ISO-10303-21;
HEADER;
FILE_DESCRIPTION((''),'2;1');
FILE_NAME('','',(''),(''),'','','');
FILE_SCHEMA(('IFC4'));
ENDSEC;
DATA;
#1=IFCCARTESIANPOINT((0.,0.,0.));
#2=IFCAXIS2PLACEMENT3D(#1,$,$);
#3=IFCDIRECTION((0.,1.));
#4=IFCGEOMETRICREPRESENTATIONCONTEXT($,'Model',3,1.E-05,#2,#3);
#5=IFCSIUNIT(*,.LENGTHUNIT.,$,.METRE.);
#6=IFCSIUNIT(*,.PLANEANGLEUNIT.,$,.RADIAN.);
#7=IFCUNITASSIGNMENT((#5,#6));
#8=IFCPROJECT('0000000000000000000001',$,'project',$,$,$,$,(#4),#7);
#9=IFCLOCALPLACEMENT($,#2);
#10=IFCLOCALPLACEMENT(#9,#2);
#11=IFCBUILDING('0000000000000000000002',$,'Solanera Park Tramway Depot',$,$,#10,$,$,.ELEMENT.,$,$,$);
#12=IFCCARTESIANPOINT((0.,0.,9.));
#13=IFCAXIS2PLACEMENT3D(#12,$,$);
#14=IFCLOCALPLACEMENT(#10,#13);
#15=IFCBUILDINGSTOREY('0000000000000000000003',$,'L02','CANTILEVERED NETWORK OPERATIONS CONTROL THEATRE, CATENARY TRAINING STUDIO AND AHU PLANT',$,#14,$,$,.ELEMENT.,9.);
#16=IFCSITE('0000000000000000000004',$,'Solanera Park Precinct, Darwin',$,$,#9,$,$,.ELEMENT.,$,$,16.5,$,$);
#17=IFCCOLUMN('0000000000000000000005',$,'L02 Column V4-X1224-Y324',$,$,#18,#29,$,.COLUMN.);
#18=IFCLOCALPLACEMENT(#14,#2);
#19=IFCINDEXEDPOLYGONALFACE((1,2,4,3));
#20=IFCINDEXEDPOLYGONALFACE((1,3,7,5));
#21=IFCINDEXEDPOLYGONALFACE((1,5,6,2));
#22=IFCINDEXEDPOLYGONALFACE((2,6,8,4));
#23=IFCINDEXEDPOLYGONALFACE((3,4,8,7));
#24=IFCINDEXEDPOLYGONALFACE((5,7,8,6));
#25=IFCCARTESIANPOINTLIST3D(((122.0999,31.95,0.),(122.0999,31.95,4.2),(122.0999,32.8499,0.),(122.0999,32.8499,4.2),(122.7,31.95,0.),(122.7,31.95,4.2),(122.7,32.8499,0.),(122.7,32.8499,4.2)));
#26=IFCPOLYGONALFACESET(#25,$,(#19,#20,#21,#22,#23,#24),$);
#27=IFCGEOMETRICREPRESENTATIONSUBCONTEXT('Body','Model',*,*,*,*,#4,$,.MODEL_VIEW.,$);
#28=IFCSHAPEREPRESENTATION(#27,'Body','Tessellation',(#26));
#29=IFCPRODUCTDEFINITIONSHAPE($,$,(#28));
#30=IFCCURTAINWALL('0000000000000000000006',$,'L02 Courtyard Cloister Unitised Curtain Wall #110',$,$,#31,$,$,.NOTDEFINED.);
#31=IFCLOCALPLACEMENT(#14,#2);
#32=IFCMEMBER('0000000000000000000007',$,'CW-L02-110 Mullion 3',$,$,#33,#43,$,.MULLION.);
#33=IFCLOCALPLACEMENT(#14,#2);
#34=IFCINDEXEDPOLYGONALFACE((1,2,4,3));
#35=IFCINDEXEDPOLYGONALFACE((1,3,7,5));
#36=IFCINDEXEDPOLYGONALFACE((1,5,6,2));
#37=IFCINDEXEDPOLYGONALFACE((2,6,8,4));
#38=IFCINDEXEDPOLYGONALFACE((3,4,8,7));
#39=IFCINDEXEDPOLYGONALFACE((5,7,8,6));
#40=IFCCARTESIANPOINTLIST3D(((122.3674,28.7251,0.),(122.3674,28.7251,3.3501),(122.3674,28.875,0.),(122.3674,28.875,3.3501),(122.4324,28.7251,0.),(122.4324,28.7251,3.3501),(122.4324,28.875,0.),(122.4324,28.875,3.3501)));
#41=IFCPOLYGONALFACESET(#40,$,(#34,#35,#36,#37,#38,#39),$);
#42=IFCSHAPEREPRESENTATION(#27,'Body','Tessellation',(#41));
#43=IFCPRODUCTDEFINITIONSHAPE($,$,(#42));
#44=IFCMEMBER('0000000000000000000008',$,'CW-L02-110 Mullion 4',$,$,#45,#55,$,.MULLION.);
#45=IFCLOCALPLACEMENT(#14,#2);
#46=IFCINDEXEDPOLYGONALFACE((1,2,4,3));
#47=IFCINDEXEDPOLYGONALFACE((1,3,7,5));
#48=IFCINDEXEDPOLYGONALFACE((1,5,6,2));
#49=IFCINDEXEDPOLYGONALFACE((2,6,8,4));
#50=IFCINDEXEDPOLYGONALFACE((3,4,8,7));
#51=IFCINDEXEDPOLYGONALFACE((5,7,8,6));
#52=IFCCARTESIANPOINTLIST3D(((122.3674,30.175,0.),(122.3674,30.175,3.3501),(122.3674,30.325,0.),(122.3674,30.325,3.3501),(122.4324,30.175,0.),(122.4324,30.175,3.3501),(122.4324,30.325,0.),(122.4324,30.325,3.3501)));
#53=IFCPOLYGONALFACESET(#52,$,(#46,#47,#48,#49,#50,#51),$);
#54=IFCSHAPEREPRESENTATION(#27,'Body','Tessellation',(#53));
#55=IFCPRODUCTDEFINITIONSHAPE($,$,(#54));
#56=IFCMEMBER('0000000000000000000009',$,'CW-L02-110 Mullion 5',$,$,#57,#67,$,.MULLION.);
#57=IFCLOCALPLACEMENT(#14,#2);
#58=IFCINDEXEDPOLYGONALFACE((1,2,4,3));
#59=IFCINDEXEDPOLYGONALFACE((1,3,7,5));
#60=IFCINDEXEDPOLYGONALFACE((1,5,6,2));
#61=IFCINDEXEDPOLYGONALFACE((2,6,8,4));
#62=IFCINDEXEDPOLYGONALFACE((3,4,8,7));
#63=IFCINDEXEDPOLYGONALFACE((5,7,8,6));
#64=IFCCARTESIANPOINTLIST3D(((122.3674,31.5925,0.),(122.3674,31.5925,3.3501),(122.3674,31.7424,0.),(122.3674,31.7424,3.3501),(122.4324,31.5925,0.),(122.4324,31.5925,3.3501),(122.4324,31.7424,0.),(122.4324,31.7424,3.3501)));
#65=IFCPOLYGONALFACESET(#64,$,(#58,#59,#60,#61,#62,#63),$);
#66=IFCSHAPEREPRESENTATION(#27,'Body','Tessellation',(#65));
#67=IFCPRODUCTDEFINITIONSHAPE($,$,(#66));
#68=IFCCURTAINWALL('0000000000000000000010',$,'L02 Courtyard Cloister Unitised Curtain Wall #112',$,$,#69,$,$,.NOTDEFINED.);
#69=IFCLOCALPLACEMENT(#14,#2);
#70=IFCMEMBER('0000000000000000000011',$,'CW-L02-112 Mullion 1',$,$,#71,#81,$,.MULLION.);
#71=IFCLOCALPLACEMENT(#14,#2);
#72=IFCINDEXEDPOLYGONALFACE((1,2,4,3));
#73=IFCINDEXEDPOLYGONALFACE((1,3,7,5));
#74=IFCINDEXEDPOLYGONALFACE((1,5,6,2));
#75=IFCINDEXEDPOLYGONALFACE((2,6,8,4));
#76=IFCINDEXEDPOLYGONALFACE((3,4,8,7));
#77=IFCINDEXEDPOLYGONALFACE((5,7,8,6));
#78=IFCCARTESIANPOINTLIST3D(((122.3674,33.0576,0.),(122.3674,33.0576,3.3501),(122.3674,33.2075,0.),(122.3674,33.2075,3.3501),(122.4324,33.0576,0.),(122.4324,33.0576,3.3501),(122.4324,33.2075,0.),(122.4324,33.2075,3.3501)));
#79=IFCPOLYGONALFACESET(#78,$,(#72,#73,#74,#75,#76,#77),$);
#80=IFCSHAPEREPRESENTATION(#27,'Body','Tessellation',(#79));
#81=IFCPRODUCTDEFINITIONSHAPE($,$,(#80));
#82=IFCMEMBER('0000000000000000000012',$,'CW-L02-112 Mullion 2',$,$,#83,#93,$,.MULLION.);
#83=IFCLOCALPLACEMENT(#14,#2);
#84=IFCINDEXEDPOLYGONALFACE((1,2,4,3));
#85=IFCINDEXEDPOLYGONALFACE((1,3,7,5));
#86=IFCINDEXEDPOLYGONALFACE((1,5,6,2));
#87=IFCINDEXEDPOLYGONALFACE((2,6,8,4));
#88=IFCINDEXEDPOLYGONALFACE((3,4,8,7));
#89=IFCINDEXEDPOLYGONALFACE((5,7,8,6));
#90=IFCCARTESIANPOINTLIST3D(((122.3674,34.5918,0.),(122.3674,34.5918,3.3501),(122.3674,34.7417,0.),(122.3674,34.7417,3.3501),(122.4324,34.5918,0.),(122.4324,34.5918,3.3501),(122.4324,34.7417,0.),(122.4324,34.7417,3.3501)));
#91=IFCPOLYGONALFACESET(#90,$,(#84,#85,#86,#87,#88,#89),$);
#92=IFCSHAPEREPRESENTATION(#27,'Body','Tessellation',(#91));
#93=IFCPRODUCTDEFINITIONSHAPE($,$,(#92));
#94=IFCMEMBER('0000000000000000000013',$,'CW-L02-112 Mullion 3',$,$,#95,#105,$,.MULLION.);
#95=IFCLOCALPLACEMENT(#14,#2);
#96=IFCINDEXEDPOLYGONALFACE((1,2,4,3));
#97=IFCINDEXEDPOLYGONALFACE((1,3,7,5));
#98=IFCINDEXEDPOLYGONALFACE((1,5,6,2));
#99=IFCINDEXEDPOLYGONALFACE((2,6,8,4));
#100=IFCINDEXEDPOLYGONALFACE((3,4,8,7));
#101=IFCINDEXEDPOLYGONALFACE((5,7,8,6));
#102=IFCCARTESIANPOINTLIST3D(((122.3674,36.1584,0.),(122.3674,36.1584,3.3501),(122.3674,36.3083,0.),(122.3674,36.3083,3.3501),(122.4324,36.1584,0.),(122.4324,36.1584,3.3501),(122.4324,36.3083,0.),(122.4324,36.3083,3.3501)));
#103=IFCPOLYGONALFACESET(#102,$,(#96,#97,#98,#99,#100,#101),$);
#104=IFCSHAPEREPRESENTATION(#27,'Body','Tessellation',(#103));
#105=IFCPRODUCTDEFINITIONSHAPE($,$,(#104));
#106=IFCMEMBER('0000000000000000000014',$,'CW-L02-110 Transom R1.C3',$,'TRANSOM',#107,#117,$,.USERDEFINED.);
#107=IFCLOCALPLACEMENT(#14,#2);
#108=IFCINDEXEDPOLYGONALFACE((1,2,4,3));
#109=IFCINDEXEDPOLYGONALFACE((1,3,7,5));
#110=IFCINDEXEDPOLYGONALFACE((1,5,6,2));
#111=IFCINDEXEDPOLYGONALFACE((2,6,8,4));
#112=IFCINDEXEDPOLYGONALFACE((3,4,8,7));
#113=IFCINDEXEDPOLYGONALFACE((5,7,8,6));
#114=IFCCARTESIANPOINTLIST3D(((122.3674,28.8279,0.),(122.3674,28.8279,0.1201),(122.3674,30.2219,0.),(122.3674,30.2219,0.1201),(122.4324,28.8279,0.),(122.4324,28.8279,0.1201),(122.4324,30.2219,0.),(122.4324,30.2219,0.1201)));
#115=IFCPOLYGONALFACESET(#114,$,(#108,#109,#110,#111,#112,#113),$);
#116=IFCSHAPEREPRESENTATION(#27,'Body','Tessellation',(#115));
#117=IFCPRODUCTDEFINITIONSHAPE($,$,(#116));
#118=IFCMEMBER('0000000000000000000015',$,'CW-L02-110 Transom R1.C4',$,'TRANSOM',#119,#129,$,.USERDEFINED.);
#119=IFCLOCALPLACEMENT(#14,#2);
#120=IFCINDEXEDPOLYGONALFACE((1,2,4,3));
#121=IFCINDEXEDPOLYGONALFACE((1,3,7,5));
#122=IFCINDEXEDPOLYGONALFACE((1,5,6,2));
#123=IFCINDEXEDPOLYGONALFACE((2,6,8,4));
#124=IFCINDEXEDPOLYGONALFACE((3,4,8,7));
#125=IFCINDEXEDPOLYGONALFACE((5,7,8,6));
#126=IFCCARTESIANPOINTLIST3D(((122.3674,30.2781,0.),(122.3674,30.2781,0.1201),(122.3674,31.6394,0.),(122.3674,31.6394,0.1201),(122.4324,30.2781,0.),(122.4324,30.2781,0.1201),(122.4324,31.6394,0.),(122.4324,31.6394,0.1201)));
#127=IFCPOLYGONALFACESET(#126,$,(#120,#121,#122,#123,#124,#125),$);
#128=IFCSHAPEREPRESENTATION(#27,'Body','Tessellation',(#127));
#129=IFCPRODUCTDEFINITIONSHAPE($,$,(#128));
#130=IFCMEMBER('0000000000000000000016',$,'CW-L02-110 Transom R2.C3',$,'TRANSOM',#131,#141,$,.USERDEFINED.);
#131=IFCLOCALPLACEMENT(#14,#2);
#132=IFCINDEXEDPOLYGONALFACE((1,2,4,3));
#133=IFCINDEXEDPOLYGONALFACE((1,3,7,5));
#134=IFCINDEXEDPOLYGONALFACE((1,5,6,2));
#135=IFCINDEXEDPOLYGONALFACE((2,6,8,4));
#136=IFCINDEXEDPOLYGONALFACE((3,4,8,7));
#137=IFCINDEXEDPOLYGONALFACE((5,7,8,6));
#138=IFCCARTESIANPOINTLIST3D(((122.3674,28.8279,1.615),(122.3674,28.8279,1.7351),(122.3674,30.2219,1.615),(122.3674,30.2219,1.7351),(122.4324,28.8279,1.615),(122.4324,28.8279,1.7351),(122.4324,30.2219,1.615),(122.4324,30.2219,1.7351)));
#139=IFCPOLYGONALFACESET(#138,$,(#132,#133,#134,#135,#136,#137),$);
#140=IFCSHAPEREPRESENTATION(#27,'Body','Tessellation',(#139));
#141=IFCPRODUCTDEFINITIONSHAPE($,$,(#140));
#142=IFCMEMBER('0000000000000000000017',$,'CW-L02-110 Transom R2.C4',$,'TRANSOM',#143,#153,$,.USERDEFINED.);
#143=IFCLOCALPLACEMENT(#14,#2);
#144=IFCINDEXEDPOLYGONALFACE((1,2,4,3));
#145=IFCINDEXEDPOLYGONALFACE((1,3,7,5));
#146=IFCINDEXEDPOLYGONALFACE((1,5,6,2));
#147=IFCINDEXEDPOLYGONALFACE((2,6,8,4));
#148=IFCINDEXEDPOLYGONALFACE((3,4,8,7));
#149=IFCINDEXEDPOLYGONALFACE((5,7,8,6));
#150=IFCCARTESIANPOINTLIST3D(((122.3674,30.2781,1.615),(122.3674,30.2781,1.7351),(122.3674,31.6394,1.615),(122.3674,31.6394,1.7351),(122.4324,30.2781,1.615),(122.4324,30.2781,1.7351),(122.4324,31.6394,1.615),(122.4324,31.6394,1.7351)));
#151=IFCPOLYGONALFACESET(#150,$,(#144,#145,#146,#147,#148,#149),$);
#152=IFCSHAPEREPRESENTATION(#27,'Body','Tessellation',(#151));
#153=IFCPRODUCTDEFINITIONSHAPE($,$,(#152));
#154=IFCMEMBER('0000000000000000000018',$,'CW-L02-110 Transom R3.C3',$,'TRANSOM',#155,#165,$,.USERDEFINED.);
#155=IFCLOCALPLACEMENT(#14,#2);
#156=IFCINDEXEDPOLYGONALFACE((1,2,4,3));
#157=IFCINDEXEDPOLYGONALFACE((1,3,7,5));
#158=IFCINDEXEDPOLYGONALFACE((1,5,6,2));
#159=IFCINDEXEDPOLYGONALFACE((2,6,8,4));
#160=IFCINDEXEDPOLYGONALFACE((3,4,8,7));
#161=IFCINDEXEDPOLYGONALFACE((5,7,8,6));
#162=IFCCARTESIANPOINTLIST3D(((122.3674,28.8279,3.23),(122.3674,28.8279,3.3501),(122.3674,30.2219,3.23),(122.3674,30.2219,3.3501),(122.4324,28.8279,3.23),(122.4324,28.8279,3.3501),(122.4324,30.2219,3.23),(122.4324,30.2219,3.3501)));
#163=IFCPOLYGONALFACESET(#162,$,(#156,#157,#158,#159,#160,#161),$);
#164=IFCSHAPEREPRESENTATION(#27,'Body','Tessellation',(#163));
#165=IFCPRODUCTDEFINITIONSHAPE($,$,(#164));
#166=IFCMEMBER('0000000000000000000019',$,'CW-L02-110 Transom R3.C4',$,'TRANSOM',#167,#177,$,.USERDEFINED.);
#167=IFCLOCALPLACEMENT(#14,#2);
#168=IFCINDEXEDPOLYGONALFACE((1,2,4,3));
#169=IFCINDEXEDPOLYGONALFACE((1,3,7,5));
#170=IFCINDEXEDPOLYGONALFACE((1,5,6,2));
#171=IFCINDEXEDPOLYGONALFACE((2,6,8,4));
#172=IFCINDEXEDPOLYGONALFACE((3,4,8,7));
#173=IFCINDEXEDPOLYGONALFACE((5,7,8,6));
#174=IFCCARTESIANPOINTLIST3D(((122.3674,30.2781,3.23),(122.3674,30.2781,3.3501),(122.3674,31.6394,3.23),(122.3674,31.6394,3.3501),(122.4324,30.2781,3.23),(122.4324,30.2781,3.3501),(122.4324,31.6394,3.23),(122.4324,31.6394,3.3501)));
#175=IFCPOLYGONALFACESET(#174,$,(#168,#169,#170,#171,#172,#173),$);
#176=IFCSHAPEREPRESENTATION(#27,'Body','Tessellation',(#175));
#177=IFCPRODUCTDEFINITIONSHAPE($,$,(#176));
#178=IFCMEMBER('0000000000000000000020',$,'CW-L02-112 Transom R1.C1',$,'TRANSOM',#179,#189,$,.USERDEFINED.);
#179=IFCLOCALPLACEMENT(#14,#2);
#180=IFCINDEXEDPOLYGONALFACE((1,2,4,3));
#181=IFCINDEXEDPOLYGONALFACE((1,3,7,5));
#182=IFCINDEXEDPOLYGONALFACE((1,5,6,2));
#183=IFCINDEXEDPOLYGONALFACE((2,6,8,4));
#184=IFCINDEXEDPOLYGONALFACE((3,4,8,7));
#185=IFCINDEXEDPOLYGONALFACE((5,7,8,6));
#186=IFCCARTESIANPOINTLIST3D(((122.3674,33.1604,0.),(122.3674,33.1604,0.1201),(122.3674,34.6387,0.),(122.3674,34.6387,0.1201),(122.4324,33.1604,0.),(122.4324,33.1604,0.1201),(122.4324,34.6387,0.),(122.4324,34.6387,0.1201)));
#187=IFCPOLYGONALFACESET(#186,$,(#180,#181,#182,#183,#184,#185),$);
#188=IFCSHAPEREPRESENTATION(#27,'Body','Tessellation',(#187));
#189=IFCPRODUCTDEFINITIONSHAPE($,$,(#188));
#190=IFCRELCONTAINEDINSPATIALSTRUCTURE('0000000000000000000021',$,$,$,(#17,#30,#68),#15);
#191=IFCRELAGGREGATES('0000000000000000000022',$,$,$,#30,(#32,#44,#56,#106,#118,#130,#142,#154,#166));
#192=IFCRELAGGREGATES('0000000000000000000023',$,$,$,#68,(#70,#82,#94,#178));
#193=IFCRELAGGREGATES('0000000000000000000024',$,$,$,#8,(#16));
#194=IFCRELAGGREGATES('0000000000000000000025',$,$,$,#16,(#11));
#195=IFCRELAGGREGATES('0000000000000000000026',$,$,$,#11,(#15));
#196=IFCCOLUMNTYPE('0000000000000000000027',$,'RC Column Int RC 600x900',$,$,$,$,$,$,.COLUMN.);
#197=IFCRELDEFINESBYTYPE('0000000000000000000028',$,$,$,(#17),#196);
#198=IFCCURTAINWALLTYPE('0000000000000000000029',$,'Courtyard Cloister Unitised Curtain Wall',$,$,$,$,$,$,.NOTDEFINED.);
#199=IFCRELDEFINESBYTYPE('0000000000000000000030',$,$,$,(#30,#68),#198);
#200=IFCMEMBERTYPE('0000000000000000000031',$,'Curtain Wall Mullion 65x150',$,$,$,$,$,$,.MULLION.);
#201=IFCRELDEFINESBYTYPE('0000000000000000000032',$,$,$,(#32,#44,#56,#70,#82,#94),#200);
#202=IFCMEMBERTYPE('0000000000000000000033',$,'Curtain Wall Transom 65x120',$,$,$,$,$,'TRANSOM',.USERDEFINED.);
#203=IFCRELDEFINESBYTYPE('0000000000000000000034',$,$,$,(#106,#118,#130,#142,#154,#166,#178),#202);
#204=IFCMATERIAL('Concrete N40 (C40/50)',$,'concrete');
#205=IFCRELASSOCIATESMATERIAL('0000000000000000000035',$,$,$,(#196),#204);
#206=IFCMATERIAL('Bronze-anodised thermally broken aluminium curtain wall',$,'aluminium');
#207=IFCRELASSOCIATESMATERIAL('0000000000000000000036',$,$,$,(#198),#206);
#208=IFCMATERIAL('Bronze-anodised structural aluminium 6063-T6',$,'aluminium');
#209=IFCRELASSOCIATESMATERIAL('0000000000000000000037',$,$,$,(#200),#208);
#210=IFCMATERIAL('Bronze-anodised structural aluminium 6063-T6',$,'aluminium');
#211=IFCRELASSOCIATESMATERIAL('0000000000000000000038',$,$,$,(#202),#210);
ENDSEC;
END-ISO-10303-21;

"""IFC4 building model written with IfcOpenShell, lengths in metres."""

from ifc_helpers import new_model, si_unit, direction, frame, origin, origin_2d, place, context, subcontext, project, spatial, rectangle, extrude, material, material_profile, profile_set, type_object, element, aggregate, save


model = new_model("IFC4")

# Units and contexts
model_context = context("Model", 3, precision=1e-05, world=origin(), true_north=direction((0.0, 1.0)))
body_context = subcontext(model_context, "Body", "Model", "MODEL_VIEW")
ifc_project = project(units=[si_unit("LENGTHUNIT", "METRE"), si_unit("PLANEANGLEUNIT", "RADIAN")], contexts=[model_context])

# Site, building, storey
site_placement = place(None, origin())
site = spatial("IfcSite", under=ifc_project, at=site_placement, Name="Solanera Park Precinct, Darwin", CompositionType="ELEMENT", RefElevation=16.5)
building_placement = place(site_placement, origin())
building = spatial("IfcBuilding", under=site, at=building_placement, Name="Solanera Park Tramway Depot", CompositionType="ELEMENT")
storey_placement = place(building_placement, frame((0.0, 0.0, 9.0)))
storey = spatial("IfcBuildingStorey", under=building, at=storey_placement, Name="L02", Description="CANTILEVERED NETWORK OPERATIONS CONTROL THEATRE, CATENARY TRAINING STUDIO AND AHU PLANT", CompositionType="ELEMENT", Elevation=9.0)

# Column
ifc_material_1 = material(Name="Concrete N40 (C40/50)", Category="concrete")
ifc_material_profile_1 = material_profile(ifc_material_1, rectangle(XDim=0.6001, YDim=0.8999, at=origin_2d()), Name="RC 600x900")
ifc_profile_set_1 = profile_set([ifc_material_profile_1], Name="Concrete N40 (C40/50)")
column_type = type_object("IfcColumnType", Name="RC Column Int RC 600x900", PredefinedType="COLUMN", material=ifc_profile_set_1)
column_placement = place(storey_placement, frame((122.3999, 32.3999, 0.0), z_axis=(0.0, 0.0, 1.0), x_axis=(1.0, 0.0, 0.0)))
element("IfcColumn", 1, at=column_placement, inside=storey, type_object=column_type, Name="L02 Column V4-X1224-Y324", PredefinedType="COLUMN", context=body_context, shape_type="SweptSolid", body=[
    extrude(rectangle(XDim=0.6001, YDim=0.8999, at=origin_2d()), origin(), (0.0, 0.0, 1.0), 4.2),
])

# Curtain walls, members
ifc_material_2 = material(Name="Bronze-anodised thermally broken aluminium curtain wall", Category="aluminium")
curtain_wall_type = type_object("IfcCurtainWallType", Name="Courtyard Cloister Unitised Curtain Wall", PredefinedType="NOTDEFINED", material=ifc_material_2)
curtain_wall_1_placement = place(storey_placement, origin())
curtain_wall_1 = element("IfcCurtainWall", 2, at=curtain_wall_1_placement, inside=storey, type_object=curtain_wall_type, Name="L02 Courtyard Cloister Unitised Curtain Wall #110", PredefinedType="NOTDEFINED")
ifc_material_3 = material(Name="Bronze-anodised structural aluminium 6063-T6", Category="aluminium")
ifc_material_profile_2 = material_profile(ifc_material_3, rectangle(XDim=0.0649, YDim=0.1499, at=origin_2d()), Name="Curtain Wall Mullion 65x150")
ifc_profile_set_2 = profile_set([ifc_material_profile_2], Name="Bronze-anodised structural aluminium 6063-T6")
member_type_1 = type_object("IfcMemberType", Name="Curtain Wall Mullion 65x150", PredefinedType="MULLION", material=ifc_profile_set_2)
member_1_placement = place(storey_placement, frame((122.3999, 28.8, 0.0), z_axis=(0.0, 0.0, 1.0), x_axis=(1.0, 0.0, 0.0)))
member_1 = element("IfcMember", 3, at=member_1_placement, type_object=member_type_1, Name="CW-L02-110 Mullion 3", PredefinedType="MULLION", context=body_context, shape_type="SweptSolid", body=[
    extrude(rectangle(XDim=0.0649, YDim=0.1499, at=origin_2d()), origin(), (0.0, 0.0, 1.0), 3.3501),
])
member_2_placement = place(storey_placement, frame((122.3999, 30.25, 0.0), z_axis=(0.0, 0.0, 1.0), x_axis=(1.0, 0.0, 0.0)))
member_2 = element("IfcMember", 4, at=member_2_placement, type_object=member_type_1, Name="CW-L02-110 Mullion 4", PredefinedType="MULLION", context=body_context, shape_type="SweptSolid", body=[
    extrude(rectangle(XDim=0.0649, YDim=0.1499, at=origin_2d()), origin(), (0.0, 0.0, 1.0), 3.3501),
])
member_3_placement = place(storey_placement, frame((122.3999, 31.6675, 0.0), z_axis=(0.0, 0.0, 1.0), x_axis=(1.0, 0.0, 0.0)))
member_3 = element("IfcMember", 5, at=member_3_placement, type_object=member_type_1, Name="CW-L02-110 Mullion 5", PredefinedType="MULLION", context=body_context, shape_type="SweptSolid", body=[
    extrude(rectangle(XDim=0.0649, YDim=0.1499, at=origin_2d()), origin(), (0.0, 0.0, 1.0), 3.3501),
])
curtain_wall_2_placement = place(storey_placement, origin())
curtain_wall_2 = element("IfcCurtainWall", 6, at=curtain_wall_2_placement, inside=storey, type_object=curtain_wall_type, Name="L02 Courtyard Cloister Unitised Curtain Wall #112", PredefinedType="NOTDEFINED")
member_4_placement = place(storey_placement, frame((122.3999, 33.1326, 0.0), z_axis=(0.0, 0.0, 1.0), x_axis=(1.0, 0.0, 0.0)))
member_4 = element("IfcMember", 7, at=member_4_placement, type_object=member_type_1, Name="CW-L02-112 Mullion 1", PredefinedType="MULLION", context=body_context, shape_type="SweptSolid", body=[
    extrude(rectangle(XDim=0.0649, YDim=0.1499, at=origin_2d()), origin(), (0.0, 0.0, 1.0), 3.3501),
])
member_5_placement = place(storey_placement, frame((122.3999, 34.6667, 0.0), z_axis=(0.0, 0.0, 1.0), x_axis=(1.0, 0.0, 0.0)))
member_5 = element("IfcMember", 8, at=member_5_placement, type_object=member_type_1, Name="CW-L02-112 Mullion 2", PredefinedType="MULLION", context=body_context, shape_type="SweptSolid", body=[
    extrude(rectangle(XDim=0.0649, YDim=0.1499, at=origin_2d()), origin(), (0.0, 0.0, 1.0), 3.3501),
])
member_6_placement = place(storey_placement, frame((122.3999, 36.2334, 0.0), z_axis=(0.0, 0.0, 1.0), x_axis=(1.0, 0.0, 0.0)))
member_6 = element("IfcMember", 9, at=member_6_placement, type_object=member_type_1, Name="CW-L02-112 Mullion 3", PredefinedType="MULLION", context=body_context, shape_type="SweptSolid", body=[
    extrude(rectangle(XDim=0.0649, YDim=0.1499, at=origin_2d()), origin(), (0.0, 0.0, 1.0), 3.3501),
])

# Members
ifc_material_4 = material(Name="Bronze-anodised structural aluminium 6063-T6", Category="aluminium")
ifc_material_profile_3 = material_profile(ifc_material_4, rectangle(XDim=0.0649, YDim=0.1201, at=origin_2d()), Name="Curtain Wall Transom 65x120")
ifc_profile_set_3 = profile_set([ifc_material_profile_3], Name="Bronze-anodised structural aluminium 6063-T6")
member_type_2 = type_object("IfcMemberType", Name="Curtain Wall Transom 65x120", ElementType="TRANSOM", PredefinedType="USERDEFINED", material=ifc_profile_set_3)
member_7_placement = place(storey_placement, frame((122.3999, 28.8279, 0.0601), z_axis=(0.0, 1.0, 0.0), x_axis=(-1.0, 0.0, 0.0)))
member_7 = element("IfcMember", 10, at=member_7_placement, type_object=member_type_2, Name="CW-L02-110 Transom R1.C3", ObjectType="TRANSOM", PredefinedType="USERDEFINED", context=body_context, shape_type="SweptSolid", body=[
    extrude(rectangle(XDim=0.0649, YDim=0.1201, at=origin_2d()), origin(), (0.0, 0.0, 1.0), 1.394),
])
member_8_placement = place(storey_placement, frame((122.3999, 30.2781, 0.0601), z_axis=(0.0, 1.0, 0.0), x_axis=(-1.0, 0.0, 0.0)))
member_8 = element("IfcMember", 11, at=member_8_placement, type_object=member_type_2, Name="CW-L02-110 Transom R1.C4", ObjectType="TRANSOM", PredefinedType="USERDEFINED", context=body_context, shape_type="SweptSolid", body=[
    extrude(rectangle(XDim=0.0649, YDim=0.1201, at=origin_2d()), origin(), (0.0, 0.0, 1.0), 1.3613),
])
member_9_placement = place(storey_placement, frame((122.3999, 28.8279, 1.675), z_axis=(0.0, 1.0, 0.0), x_axis=(-1.0, 0.0, 0.0)))
member_9 = element("IfcMember", 12, at=member_9_placement, type_object=member_type_2, Name="CW-L02-110 Transom R2.C3", ObjectType="TRANSOM", PredefinedType="USERDEFINED", context=body_context, shape_type="SweptSolid", body=[
    extrude(rectangle(XDim=0.0649, YDim=0.1201, at=origin_2d()), origin(), (0.0, 0.0, 1.0), 1.394),
])
member_10_placement = place(storey_placement, frame((122.3999, 30.2781, 1.675), z_axis=(0.0, 1.0, 0.0), x_axis=(-1.0, 0.0, 0.0)))
member_10 = element("IfcMember", 13, at=member_10_placement, type_object=member_type_2, Name="CW-L02-110 Transom R2.C4", ObjectType="TRANSOM", PredefinedType="USERDEFINED", context=body_context, shape_type="SweptSolid", body=[
    extrude(rectangle(XDim=0.0649, YDim=0.1201, at=origin_2d()), origin(), (0.0, 0.0, 1.0), 1.3613),
])
member_11_placement = place(storey_placement, frame((122.3999, 28.8279, 3.29), z_axis=(0.0, 1.0, 0.0), x_axis=(-1.0, 0.0, 0.0)))
member_11 = element("IfcMember", 14, at=member_11_placement, type_object=member_type_2, Name="CW-L02-110 Transom R3.C3", ObjectType="TRANSOM", PredefinedType="USERDEFINED", context=body_context, shape_type="SweptSolid", body=[
    extrude(rectangle(XDim=0.0649, YDim=0.1201, at=origin_2d()), origin(), (0.0, 0.0, 1.0), 1.394),
])
member_12_placement = place(storey_placement, frame((122.3999, 30.2781, 3.29), z_axis=(0.0, 1.0, 0.0), x_axis=(-1.0, 0.0, 0.0)))
member_12 = element("IfcMember", 15, at=member_12_placement, type_object=member_type_2, Name="CW-L02-110 Transom R3.C4", ObjectType="TRANSOM", PredefinedType="USERDEFINED", context=body_context, shape_type="SweptSolid", body=[
    extrude(rectangle(XDim=0.0649, YDim=0.1201, at=origin_2d()), origin(), (0.0, 0.0, 1.0), 1.3613),
])
member_13_placement = place(storey_placement, frame((122.3999, 33.1604, 0.0601), z_axis=(0.0, 1.0, 0.0), x_axis=(-1.0, 0.0, 0.0)))
member_13 = element("IfcMember", 16, at=member_13_placement, type_object=member_type_2, Name="CW-L02-112 Transom R1.C1", ObjectType="TRANSOM", PredefinedType="USERDEFINED", context=body_context, shape_type="SweptSolid", body=[
    extrude(rectangle(XDim=0.0649, YDim=0.1201, at=origin_2d()), origin(), (0.0, 0.0, 1.0), 1.4783),
])

aggregate(curtain_wall_1, [member_1, member_2, member_3, member_7, member_8, member_9, member_10, member_11, member_12])
aggregate(curtain_wall_2, [member_4, member_5, member_6, member_13])

save(model, "model.ifc")
